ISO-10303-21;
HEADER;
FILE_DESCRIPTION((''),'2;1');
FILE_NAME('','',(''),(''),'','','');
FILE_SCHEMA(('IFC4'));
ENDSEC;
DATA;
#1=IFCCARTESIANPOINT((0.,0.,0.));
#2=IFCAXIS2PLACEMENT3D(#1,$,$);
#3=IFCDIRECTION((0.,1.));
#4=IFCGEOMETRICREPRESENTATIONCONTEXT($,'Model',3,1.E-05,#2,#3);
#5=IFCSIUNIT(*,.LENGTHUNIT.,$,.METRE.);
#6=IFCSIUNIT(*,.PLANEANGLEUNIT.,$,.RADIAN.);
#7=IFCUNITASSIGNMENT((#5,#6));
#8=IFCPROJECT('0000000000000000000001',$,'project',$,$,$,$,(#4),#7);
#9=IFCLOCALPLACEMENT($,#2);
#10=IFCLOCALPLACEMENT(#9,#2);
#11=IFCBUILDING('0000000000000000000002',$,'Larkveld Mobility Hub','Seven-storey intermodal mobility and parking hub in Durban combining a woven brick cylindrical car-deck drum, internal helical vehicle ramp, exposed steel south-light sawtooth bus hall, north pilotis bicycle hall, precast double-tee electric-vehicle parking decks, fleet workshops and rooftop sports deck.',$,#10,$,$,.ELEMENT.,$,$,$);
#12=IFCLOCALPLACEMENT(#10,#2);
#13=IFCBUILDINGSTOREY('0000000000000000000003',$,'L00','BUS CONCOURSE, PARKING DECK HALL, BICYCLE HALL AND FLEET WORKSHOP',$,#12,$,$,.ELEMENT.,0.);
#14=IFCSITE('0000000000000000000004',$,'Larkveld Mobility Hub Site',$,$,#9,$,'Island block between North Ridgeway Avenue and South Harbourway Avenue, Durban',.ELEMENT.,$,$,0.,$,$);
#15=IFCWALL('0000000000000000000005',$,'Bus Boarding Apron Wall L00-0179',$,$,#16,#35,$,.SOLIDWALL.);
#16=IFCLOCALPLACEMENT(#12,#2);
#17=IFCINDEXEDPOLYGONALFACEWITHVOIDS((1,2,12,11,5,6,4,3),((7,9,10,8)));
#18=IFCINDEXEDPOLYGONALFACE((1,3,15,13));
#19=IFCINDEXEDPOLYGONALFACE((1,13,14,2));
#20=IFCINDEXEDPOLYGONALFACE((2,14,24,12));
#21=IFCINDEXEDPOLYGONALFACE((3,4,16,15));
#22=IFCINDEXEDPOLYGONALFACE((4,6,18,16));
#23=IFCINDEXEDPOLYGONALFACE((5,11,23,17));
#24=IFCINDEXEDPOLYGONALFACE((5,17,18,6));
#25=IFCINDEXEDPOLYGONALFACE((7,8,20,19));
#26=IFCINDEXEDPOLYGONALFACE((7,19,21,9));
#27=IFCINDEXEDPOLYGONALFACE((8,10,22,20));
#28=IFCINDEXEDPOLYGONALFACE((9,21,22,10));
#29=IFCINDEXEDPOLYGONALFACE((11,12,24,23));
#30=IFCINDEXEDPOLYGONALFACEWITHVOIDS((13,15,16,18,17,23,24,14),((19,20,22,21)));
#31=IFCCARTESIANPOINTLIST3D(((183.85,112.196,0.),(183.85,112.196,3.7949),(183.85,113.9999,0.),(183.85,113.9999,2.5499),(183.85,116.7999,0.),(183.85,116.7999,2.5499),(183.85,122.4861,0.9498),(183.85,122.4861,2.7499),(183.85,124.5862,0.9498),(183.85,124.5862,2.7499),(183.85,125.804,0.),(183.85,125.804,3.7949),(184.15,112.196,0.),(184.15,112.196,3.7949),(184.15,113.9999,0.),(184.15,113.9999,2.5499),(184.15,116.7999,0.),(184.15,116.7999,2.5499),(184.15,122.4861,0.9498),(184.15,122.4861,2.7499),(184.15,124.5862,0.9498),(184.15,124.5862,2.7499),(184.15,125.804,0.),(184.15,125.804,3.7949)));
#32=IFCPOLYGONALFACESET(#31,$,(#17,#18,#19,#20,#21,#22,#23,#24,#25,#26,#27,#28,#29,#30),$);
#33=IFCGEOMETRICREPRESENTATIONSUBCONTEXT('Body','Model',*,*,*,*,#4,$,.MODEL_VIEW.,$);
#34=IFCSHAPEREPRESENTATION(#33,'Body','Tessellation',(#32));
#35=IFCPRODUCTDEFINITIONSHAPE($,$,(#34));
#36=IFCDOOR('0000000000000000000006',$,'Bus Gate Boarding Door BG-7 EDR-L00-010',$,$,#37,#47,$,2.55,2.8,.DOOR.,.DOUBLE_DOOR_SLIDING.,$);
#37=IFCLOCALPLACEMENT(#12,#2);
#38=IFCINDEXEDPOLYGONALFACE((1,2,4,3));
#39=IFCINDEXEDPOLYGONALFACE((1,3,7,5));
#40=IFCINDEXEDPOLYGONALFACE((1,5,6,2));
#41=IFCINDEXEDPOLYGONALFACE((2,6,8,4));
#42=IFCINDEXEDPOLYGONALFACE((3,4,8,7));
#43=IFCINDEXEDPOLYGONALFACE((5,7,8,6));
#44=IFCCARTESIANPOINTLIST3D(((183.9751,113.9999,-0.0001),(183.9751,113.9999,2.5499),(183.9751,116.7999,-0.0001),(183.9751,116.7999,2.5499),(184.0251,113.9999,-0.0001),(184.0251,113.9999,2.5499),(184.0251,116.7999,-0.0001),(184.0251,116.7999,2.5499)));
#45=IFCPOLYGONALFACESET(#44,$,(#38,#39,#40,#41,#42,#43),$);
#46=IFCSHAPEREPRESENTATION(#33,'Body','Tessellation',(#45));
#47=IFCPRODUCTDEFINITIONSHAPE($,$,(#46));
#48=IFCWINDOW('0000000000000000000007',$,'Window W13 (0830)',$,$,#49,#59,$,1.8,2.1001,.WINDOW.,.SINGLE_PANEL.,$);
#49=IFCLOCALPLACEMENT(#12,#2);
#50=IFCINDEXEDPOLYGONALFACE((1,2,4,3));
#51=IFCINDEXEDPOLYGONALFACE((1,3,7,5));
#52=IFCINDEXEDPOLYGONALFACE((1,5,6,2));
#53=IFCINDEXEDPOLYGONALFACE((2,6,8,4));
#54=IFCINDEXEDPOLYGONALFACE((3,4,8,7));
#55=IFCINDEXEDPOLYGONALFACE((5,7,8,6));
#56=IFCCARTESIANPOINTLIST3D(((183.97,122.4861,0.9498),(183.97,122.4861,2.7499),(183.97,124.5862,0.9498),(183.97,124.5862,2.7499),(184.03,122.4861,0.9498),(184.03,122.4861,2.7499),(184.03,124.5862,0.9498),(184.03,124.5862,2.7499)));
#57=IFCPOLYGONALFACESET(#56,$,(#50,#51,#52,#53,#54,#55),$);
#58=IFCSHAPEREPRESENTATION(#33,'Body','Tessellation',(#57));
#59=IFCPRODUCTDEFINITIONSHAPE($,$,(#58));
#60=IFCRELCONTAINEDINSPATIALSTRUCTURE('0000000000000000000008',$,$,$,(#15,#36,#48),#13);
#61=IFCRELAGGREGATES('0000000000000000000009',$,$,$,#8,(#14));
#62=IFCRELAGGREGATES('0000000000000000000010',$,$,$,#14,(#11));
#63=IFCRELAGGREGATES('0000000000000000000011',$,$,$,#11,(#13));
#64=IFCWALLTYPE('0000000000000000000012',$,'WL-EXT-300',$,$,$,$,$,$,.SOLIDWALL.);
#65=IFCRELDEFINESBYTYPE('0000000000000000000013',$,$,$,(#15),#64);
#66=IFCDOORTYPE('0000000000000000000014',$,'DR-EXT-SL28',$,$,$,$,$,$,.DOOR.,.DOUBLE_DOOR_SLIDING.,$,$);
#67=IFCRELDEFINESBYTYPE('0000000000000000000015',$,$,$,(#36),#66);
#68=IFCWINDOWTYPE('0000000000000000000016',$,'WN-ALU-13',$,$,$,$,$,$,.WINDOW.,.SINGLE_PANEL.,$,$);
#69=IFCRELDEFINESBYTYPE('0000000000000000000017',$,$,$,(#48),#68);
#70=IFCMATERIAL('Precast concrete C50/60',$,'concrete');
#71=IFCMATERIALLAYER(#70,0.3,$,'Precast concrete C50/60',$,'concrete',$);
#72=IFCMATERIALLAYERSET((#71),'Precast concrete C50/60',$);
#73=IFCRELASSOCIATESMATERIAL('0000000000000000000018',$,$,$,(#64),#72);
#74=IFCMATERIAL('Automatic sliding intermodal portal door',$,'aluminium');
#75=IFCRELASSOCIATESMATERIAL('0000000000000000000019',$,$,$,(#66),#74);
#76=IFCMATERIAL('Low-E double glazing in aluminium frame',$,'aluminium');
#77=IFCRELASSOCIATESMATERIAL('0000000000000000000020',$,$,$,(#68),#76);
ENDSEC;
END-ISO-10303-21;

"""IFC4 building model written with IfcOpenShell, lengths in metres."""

from ifc_helpers import new_model, si_unit, direction, frame, frame_2d, origin, place, context, subcontext, project, spatial, rectangle, extrude, material, layer, layer_set, type_object, element, fill, save


model = new_model("IFC4")

# Units and contexts
model_context = context("Model", 3, precision=1e-05, world=origin(), true_north=direction((0.0, 1.0)))
body_context = subcontext(model_context, "Body", "Model", "MODEL_VIEW")
ifc_project = project(units=[si_unit("LENGTHUNIT", "METRE"), si_unit("PLANEANGLEUNIT", "RADIAN")], contexts=[model_context])

# Site, building, storey
site_placement = place(None, origin())
site = spatial("IfcSite", under=ifc_project, at=site_placement, Name="Larkveld Mobility Hub Site", LongName="Island block between North Ridgeway Avenue and South Harbourway Avenue, Durban", CompositionType="ELEMENT", RefElevation=0.0)
building_placement = place(site_placement, origin())
building = spatial("IfcBuilding", under=site, at=building_placement, Name="Larkveld Mobility Hub", Description="Seven-storey intermodal mobility and parking hub in Durban combining a woven brick cylindrical car-deck drum, internal helical vehicle ramp, exposed steel south-light sawtooth bus hall, north pilotis bicycle hall, precast double-tee electric-vehicle parking decks, fleet workshops and rooftop sports deck.", CompositionType="ELEMENT")
storey_placement = place(building_placement, origin())
storey = spatial("IfcBuildingStorey", under=building, at=storey_placement, Name="L00", Description="BUS CONCOURSE, PARKING DECK HALL, BICYCLE HALL AND FLEET WORKSHOP", CompositionType="ELEMENT", Elevation=0.0)

# Shared definitions
ifc_material_1 = material(Name="Precast concrete C50/60", Category="concrete")

# Wall, openings, door, window
ifc_layer_1 = layer(ifc_material_1, 0.3, Name="Precast concrete C50/60", Category="concrete")
ifc_layer_set_1 = layer_set([ifc_layer_1], Name="Precast concrete C50/60")
wall_type_1 = type_object("IfcWallType", Name="WL-EXT-300", PredefinedType="SOLIDWALL", material=ifc_layer_set_1)
wall_1_placement = place(storey_placement, frame((184.0, 112.196, 0.0), z_axis=(0.0, 0.0, 1.0), x_axis=(0.0, 1.0, 0.0)))
wall_1 = element("IfcWall", 1, at=wall_1_placement, inside=storey, type_object=wall_type_1, Name="Bus Boarding Apron Wall L00-0179", PredefinedType="SOLIDWALL", context=body_context, shape_type="SweptSolid", body=[
    extrude(rectangle(XDim=13.6079, YDim=0.3, at=frame_2d((6.804, 0.0))), origin(), (0.0, 0.0, 1.0), 3.7949),
])
opening_1_placement = place(wall_1_placement, frame((1.804, 0.0, 0.0)))
opening_1 = element("IfcOpeningElement", 2, at=opening_1_placement, cuts=wall_1, PredefinedType="OPENING", context=body_context, shape_type="SweptSolid", body=[
    extrude(rectangle(XDim=2.8, YDim=2.55, at=frame_2d((1.3999, 1.2749))), frame((0.0, 0.1602, 0.0), z_axis=(0.0, -1.0, 0.0), x_axis=(1.0, 0.0, 0.0)), (0.0, 0.0, 1.0), 0.3201),
])
opening_2_placement = place(wall_1_placement, frame((10.29, 0.0, 0.95)))
opening_2 = element("IfcOpeningElement", 3, at=opening_2_placement, cuts=wall_1, PredefinedType="OPENING", context=body_context, shape_type="SweptSolid", body=[
    extrude(rectangle(XDim=2.1001, YDim=1.8, at=frame_2d((1.05, 0.8999))), frame((0.0, 0.1602, 0.0), z_axis=(0.0, -1.0, 0.0), x_axis=(1.0, 0.0, 0.0)), (0.0, 0.0, 1.0), 0.3201),
])
ifc_material_2 = material(Name="Automatic sliding intermodal portal door", Category="aluminium")
door_type = type_object("IfcDoorType", Name="DR-EXT-SL28", OperationType="DOUBLE_DOOR_SLIDING", PredefinedType="DOOR", material=ifc_material_2)
door_1_placement = place(opening_1_placement, origin())
door_1 = element("IfcDoor", 4, at=door_1_placement, inside=storey, type_object=door_type, Name="Bus Gate Boarding Door BG-7 EDR-L00-010", OperationType="DOUBLE_DOOR_SLIDING", OverallHeight=2.55, OverallWidth=2.8, PredefinedType="DOOR", context=body_context, shape_type="SweptSolid", body=[
    extrude(rectangle(XDim=2.8, YDim=2.55, at=frame_2d((1.3999, 1.2749))), frame((0.0, 0.0249, 0.0), z_axis=(0.0, -1.0, 0.0), x_axis=(1.0, 0.0, 0.0)), (0.0, 0.0, 1.0), 0.05),
])
fill(opening_1, door_1)
ifc_material_3 = material(Name="Low-E double glazing in aluminium frame", Category="aluminium")
window_type_1 = type_object("IfcWindowType", Name="WN-ALU-13", PartitioningType="SINGLE_PANEL", PredefinedType="WINDOW", material=ifc_material_3)
window_1_placement = place(opening_2_placement, origin())
window_1 = element("IfcWindow", 5, at=window_1_placement, inside=storey, type_object=window_type_1, Name="Window W13 (0830)", OverallHeight=1.8, OverallWidth=2.1001, PartitioningType="SINGLE_PANEL", PredefinedType="WINDOW", context=body_context, shape_type="SweptSolid", body=[
    extrude(rectangle(XDim=2.1001, YDim=1.8, at=frame_2d((1.05, 0.8999))), frame((0.0, 0.03, 0.0), z_axis=(0.0, -1.0, 0.0), x_axis=(1.0, 0.0, 0.0)), (0.0, 0.0, 1.0), 0.0601),
])
fill(opening_2, window_1)

save(model, "model.ifc")
